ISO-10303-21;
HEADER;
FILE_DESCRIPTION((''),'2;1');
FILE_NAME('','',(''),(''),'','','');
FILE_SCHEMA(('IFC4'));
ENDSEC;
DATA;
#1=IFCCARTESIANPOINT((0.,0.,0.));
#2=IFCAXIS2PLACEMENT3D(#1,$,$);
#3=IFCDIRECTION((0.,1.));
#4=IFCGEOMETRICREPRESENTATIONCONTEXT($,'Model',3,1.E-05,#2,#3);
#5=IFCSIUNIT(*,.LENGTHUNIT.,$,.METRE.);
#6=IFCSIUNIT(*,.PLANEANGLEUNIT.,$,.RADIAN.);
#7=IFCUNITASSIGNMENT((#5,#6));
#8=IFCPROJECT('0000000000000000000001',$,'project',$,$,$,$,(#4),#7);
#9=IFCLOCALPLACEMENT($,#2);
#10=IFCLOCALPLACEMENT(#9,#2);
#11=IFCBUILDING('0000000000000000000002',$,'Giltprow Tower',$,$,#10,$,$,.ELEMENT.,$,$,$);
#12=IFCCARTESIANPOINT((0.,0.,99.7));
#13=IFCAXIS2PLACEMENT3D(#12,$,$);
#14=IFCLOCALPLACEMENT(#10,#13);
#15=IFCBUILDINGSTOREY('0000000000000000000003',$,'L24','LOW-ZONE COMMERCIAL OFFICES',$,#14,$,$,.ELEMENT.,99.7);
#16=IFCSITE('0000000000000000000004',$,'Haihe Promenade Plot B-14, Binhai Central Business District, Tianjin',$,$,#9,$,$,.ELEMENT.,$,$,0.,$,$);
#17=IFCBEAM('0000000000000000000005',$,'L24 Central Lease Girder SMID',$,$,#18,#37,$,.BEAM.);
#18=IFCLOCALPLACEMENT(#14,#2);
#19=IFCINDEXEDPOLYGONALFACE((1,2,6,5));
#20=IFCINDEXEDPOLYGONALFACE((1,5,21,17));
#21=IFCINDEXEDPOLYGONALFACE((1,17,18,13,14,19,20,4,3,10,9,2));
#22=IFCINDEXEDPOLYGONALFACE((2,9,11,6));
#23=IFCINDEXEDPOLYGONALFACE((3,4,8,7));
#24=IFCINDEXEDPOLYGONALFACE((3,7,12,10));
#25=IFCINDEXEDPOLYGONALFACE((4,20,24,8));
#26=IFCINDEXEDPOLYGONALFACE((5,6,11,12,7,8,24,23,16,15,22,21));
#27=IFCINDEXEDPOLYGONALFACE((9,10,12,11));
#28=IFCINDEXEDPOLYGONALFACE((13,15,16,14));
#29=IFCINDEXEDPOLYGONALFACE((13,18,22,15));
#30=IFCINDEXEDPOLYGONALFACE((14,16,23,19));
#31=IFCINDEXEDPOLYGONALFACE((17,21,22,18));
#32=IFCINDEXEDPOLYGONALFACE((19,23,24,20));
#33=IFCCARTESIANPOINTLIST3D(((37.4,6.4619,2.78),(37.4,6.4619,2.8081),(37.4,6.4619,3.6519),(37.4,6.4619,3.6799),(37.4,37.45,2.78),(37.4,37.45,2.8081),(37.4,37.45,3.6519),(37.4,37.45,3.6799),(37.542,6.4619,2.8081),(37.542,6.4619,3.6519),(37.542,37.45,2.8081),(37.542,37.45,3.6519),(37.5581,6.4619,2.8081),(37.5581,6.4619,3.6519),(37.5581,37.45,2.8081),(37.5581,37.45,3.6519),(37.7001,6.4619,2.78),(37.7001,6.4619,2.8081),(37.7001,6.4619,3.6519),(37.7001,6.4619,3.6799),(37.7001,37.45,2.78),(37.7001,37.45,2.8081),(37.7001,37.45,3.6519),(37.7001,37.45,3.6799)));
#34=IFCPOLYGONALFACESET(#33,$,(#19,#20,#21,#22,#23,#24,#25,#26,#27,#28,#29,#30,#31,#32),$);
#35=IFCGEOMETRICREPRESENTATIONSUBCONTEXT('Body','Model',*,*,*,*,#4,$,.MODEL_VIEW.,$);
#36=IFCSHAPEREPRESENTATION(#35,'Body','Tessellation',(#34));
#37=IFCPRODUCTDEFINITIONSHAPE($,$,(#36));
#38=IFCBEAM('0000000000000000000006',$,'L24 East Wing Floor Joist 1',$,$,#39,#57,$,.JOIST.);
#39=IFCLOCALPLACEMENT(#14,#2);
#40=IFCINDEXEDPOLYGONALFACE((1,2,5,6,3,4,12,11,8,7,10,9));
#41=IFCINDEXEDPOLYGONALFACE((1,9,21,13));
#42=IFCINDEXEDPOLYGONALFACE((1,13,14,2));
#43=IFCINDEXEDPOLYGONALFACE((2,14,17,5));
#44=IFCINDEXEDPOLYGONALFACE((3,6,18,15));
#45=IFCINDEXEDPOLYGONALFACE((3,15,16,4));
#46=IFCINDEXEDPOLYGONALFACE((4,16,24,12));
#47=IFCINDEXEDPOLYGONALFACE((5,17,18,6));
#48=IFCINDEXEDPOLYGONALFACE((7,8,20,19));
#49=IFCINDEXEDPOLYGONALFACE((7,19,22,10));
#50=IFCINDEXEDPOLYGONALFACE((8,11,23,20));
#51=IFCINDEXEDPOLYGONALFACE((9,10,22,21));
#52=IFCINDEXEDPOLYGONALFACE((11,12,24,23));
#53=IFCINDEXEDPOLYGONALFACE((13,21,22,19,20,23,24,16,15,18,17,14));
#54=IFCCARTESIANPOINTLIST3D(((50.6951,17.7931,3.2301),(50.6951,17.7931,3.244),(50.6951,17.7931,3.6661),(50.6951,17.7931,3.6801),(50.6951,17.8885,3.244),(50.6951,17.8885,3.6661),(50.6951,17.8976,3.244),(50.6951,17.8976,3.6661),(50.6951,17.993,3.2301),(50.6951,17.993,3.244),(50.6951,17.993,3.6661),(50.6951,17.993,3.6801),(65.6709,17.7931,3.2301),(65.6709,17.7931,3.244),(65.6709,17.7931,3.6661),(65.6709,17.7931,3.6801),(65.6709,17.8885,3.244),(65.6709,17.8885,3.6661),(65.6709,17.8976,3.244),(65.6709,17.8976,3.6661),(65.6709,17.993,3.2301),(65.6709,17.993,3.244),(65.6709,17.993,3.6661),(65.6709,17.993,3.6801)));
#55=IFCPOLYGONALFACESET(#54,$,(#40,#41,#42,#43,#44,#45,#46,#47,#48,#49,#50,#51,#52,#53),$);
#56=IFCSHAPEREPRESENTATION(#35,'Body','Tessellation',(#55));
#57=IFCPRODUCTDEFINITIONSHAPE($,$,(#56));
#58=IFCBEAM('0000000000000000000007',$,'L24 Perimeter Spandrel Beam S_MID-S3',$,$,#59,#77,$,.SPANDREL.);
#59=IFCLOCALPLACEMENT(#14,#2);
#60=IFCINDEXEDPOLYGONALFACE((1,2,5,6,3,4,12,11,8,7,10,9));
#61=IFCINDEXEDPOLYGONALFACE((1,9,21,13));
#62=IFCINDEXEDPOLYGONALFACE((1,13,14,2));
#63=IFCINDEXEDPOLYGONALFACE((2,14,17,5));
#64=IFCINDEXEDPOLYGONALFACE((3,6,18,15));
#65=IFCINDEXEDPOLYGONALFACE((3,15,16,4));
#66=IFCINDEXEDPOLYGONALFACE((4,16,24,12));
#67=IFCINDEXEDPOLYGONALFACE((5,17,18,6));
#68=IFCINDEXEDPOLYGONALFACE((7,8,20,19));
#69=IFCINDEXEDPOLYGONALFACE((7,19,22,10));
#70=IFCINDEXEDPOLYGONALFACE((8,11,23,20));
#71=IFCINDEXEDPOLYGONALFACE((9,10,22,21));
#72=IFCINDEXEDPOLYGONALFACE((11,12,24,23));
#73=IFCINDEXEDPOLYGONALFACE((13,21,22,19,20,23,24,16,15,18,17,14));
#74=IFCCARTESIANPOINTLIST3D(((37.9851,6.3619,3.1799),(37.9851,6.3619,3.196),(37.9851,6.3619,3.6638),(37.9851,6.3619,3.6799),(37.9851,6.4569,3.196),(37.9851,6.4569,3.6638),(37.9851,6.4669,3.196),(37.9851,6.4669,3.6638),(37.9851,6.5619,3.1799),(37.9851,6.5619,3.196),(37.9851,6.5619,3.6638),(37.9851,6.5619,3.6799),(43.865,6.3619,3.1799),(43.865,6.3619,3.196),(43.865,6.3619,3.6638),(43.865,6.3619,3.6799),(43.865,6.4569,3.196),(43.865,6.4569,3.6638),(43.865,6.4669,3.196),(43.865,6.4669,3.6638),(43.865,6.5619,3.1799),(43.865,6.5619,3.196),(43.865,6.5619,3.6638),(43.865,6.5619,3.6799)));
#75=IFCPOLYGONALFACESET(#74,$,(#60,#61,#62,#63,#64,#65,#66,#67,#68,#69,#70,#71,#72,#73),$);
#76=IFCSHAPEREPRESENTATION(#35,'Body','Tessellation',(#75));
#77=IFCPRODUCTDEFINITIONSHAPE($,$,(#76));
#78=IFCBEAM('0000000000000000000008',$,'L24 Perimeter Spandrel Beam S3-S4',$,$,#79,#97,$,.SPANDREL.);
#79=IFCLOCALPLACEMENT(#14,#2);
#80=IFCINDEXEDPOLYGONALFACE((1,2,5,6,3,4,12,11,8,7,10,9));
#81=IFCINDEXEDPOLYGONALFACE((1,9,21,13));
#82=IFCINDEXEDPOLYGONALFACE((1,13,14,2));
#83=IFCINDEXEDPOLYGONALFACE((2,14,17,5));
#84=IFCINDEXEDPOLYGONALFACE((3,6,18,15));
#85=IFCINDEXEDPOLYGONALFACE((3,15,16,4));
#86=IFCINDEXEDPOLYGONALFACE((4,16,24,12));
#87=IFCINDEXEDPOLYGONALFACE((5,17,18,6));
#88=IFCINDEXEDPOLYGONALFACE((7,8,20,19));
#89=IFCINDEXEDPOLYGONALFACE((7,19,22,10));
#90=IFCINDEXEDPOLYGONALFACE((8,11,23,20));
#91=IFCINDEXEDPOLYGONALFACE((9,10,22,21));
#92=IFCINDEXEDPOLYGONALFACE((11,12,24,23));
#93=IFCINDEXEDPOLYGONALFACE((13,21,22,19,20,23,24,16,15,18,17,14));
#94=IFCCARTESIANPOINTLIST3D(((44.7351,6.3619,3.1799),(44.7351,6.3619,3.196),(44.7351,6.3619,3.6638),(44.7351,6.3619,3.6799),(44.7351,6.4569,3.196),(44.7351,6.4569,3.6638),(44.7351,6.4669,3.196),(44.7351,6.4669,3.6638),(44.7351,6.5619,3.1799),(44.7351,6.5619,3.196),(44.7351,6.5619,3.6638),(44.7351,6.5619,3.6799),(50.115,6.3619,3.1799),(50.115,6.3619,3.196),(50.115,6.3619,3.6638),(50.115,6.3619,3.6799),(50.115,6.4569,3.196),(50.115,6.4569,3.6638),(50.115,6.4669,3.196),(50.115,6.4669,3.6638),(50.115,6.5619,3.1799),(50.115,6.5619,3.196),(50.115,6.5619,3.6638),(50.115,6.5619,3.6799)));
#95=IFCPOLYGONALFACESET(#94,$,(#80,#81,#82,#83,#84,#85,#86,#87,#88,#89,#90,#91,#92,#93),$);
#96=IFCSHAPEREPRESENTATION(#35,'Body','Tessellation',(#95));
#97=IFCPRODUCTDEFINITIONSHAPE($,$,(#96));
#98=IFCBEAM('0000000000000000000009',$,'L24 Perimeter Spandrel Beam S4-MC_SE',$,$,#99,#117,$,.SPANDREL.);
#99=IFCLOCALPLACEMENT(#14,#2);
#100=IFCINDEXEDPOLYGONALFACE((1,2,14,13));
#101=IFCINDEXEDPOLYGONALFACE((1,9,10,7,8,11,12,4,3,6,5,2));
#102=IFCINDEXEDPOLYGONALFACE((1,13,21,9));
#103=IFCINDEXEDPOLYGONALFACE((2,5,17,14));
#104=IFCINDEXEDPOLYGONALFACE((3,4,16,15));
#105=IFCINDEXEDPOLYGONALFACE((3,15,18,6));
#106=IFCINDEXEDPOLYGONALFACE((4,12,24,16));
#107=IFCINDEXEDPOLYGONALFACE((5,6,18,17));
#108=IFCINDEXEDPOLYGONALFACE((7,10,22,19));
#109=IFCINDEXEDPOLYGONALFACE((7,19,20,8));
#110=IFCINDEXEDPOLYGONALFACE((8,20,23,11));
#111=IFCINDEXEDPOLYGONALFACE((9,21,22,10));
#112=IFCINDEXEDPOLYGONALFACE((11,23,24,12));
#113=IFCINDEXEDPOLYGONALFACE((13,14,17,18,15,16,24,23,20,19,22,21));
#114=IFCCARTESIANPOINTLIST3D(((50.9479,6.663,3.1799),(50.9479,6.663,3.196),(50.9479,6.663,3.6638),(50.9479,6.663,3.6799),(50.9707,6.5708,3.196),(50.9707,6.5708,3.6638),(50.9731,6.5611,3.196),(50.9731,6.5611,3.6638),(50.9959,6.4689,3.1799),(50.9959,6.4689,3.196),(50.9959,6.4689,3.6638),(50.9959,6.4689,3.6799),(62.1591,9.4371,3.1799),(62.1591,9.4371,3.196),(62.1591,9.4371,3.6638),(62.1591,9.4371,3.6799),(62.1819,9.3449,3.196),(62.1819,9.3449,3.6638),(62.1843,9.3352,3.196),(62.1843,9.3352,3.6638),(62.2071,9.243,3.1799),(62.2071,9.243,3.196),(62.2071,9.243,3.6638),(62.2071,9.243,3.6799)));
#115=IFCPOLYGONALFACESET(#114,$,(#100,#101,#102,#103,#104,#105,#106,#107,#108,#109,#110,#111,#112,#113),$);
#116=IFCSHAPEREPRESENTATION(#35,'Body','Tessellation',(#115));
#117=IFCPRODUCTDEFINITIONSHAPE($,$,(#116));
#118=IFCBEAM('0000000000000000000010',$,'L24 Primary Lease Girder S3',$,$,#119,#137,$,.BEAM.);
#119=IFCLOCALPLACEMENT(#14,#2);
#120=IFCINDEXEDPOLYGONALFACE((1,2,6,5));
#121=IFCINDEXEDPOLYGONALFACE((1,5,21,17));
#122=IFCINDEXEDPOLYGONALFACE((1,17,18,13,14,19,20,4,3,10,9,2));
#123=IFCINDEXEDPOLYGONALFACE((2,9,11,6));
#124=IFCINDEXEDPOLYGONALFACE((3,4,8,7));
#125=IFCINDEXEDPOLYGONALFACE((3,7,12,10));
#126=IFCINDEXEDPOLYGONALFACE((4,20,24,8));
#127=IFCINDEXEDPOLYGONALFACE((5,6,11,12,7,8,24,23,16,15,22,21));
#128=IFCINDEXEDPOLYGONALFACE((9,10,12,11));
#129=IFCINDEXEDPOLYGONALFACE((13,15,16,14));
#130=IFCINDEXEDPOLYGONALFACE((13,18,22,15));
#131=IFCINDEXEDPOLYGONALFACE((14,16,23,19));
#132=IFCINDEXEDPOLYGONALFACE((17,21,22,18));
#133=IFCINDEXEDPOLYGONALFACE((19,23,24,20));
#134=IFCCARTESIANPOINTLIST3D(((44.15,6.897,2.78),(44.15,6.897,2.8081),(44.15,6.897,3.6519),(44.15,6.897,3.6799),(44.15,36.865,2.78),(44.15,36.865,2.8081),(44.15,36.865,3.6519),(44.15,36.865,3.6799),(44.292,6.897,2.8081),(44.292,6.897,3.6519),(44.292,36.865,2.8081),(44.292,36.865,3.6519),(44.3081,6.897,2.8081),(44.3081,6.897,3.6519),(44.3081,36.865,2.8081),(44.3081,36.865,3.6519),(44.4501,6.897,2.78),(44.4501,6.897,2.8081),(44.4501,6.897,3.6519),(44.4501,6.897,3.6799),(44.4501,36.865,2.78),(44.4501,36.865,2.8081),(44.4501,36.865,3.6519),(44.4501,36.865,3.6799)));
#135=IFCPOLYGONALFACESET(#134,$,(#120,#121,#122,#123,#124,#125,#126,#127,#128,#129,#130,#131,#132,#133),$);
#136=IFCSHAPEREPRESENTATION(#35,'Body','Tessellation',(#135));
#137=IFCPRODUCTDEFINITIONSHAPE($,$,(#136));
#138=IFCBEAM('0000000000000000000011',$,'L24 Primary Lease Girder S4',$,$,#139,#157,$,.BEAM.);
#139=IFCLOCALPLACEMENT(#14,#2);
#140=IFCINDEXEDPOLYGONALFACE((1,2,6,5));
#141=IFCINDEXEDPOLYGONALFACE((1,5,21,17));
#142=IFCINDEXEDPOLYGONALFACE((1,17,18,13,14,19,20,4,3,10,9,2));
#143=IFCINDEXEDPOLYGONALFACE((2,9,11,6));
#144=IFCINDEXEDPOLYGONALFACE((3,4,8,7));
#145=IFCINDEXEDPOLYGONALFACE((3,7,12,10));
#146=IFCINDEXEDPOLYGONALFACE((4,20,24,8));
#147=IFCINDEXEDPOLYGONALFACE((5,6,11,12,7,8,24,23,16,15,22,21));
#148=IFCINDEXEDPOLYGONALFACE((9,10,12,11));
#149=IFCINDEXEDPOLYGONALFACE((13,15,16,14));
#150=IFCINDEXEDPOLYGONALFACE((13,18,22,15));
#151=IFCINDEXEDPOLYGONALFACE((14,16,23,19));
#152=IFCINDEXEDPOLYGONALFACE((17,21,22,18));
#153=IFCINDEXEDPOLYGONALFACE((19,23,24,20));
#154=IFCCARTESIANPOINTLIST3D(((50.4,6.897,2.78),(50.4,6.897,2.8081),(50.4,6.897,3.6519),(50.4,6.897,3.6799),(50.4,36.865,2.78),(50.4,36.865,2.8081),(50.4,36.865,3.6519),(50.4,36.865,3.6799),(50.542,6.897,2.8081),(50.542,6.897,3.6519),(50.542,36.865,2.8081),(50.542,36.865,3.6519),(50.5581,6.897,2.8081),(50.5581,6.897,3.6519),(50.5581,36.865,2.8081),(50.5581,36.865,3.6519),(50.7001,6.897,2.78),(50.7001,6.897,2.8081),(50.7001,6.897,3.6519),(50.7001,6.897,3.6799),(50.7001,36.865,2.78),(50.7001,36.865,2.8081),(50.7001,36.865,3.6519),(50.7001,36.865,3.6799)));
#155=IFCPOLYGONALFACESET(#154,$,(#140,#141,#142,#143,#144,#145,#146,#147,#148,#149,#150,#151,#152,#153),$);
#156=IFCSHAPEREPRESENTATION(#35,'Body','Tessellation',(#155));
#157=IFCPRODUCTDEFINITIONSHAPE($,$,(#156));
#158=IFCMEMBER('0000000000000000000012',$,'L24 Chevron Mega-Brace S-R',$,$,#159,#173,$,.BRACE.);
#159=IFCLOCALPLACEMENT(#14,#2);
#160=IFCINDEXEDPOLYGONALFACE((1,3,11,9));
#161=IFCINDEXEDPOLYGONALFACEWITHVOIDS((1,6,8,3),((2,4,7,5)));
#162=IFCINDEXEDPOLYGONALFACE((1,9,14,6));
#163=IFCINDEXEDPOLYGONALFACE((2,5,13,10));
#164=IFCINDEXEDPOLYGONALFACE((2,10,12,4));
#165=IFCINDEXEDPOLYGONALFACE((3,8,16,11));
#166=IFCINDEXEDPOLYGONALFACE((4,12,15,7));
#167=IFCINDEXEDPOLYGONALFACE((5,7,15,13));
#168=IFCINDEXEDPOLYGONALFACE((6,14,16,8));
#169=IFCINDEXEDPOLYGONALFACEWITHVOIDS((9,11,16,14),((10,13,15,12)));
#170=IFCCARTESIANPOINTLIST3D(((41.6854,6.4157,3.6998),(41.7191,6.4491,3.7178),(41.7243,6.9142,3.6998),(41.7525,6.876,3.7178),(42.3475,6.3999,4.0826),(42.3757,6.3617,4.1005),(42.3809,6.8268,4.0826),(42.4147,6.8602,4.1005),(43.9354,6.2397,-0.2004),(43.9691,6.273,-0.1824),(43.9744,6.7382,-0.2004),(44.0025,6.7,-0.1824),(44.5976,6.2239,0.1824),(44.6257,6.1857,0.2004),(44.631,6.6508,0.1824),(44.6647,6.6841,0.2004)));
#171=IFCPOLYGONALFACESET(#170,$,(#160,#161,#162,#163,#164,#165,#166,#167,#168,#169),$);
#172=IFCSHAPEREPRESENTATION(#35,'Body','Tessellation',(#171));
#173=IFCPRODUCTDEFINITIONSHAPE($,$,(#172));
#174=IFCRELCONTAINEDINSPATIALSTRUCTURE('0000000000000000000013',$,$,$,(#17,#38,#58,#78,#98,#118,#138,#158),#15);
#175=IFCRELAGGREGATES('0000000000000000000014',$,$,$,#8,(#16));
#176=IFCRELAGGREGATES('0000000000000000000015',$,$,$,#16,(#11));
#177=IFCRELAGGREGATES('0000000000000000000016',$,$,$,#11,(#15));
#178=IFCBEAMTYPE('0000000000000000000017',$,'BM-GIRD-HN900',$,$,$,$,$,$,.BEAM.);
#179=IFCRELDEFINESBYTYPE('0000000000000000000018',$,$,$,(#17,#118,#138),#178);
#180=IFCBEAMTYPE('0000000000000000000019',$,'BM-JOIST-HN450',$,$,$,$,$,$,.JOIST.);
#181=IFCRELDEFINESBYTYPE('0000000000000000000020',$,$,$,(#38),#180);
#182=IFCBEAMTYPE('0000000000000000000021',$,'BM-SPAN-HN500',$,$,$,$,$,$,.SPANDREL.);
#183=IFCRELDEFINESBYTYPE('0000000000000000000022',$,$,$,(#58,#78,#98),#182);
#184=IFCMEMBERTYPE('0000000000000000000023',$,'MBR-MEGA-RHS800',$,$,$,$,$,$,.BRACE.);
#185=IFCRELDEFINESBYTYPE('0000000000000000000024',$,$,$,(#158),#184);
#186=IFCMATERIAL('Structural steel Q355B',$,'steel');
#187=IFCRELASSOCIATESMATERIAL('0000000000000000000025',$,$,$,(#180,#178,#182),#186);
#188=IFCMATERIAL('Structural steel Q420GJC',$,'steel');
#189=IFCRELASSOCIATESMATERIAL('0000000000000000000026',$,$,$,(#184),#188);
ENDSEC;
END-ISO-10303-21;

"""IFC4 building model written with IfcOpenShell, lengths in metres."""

from ifc_helpers import new_model, si_unit, direction, frame, origin, origin_2d, place, context, subcontext, project, spatial, hollow_rectangle, i_section, extrude, source, transform, mapped, material, material_profile, profile_set, type_object, element, save


model = new_model("IFC4")

# Units and contexts
model_context = context("Model", 3, precision=1e-05, world=origin(), true_north=direction((0.0, 1.0)))
body_context = subcontext(model_context, "Body", "Model", "MODEL_VIEW")
ifc_project = project(units=[si_unit("LENGTHUNIT", "METRE"), si_unit("PLANEANGLEUNIT", "RADIAN")], contexts=[model_context])

# Site, building, storey
site_placement = place(None, origin())
site = spatial("IfcSite", under=ifc_project, at=site_placement, Name="Haihe Promenade Plot B-14, Binhai Central Business District, Tianjin", CompositionType="ELEMENT", RefElevation=0.0)
building_placement = place(site_placement, origin())
building = spatial("IfcBuilding", under=site, at=building_placement, Name="Giltprow Tower", CompositionType="ELEMENT")
storey_placement = place(building_placement, frame((0.0, 0.0, 99.7)))
storey = spatial("IfcBuildingStorey", under=building, at=storey_placement, Name="L24", Description="LOW-ZONE COMMERCIAL OFFICES", CompositionType="ELEMENT", Elevation=99.7)

# Shared definitions
ifc_material_1 = material(Name="Structural steel Q420GJC", Category="steel")

# Beams
ifc_material_2 = material(Name="Structural steel Q355B", Category="steel")
ifc_material_profile_1 = material_profile(ifc_material_2, i_section(OverallWidth=0.2, OverallDepth=0.45, WebThickness=0.009, FlangeThickness=0.0139, at=origin_2d()), Name="HN 450x200x9x14")
ifc_profile_set_1 = profile_set([ifc_material_profile_1], Name="Structural steel Q355B")
beam_type_1 = type_object("IfcBeamType", Name="BM-JOIST-HN450", PredefinedType="JOIST", material=ifc_profile_set_1)
ifc_material_profile_2 = material_profile(ifc_material_2, i_section(OverallWidth=0.3, OverallDepth=0.8999, WebThickness=0.0161, FlangeThickness=0.0281, at=origin_2d()), Name="HN 900x300x16x28")
ifc_profile_set_2 = profile_set([ifc_material_profile_2], Name="Structural steel Q355B")
beam_type_2 = type_object("IfcBeamType", Name="BM-GIRD-HN900", PredefinedType="BEAM", material=ifc_profile_set_2)
shared_shape_1 = source(origin(), body_context, "Body", "SweptSolid", [
    extrude(i_section(OverallWidth=0.3, OverallDepth=0.8999, WebThickness=0.0161, FlangeThickness=0.0281, at=origin_2d()), origin(), (0.0, 0.0, 1.0), 30.988),
])
beam_1_placement = place(storey_placement, frame((37.55, 6.4619, 3.23), z_axis=(0.0, 1.0, 0.0), x_axis=(-1.0, 0.0, 0.0)))
element("IfcBeam", 1, at=beam_1_placement, inside=storey, type_object=beam_type_2, Name="L24 Central Lease Girder SMID", PredefinedType="BEAM", context=body_context, shape_type="MappedRepresentation", body=[
    mapped(shared_shape_1, transform((0.0, 0.0, 0.0), x_axis=(1.0, 0.0, 0.0), y_axis=(0.0, 1.0, 0.0), z_axis=(0.0, 0.0, 1.0), scale=1.0)),
])
shared_shape_2 = source(origin(), body_context, "Body", "SweptSolid", [
    extrude(i_section(OverallWidth=0.2, OverallDepth=0.45, WebThickness=0.009, FlangeThickness=0.0139, at=origin_2d()), origin(), (0.0, 0.0, 1.0), 14.9758),
])
beam_2_placement = place(storey_placement, frame((50.6951, 17.8931, 3.4551), z_axis=(1.0, 0.0, 0.0), x_axis=(0.0, 1.0, 0.0)))
element("IfcBeam", 2, at=beam_2_placement, inside=storey, type_object=beam_type_1, Name="L24 East Wing Floor Joist 1", PredefinedType="JOIST", context=body_context, shape_type="MappedRepresentation", body=[
    mapped(shared_shape_2, transform((0.0, 0.0, 0.0), x_axis=(1.0, 0.0, 0.0), y_axis=(0.0, 1.0, 0.0), z_axis=(0.0, 0.0, 1.0), scale=1.0)),
])
ifc_material_profile_3 = material_profile(ifc_material_2, i_section(OverallWidth=0.2, OverallDepth=0.5, WebThickness=0.01, FlangeThickness=0.0161, at=origin_2d()), Name="HN 500x200x10x16")
ifc_profile_set_3 = profile_set([ifc_material_profile_3], Name="Structural steel Q355B")
beam_type_3 = type_object("IfcBeamType", Name="BM-SPAN-HN500", PredefinedType="SPANDREL", material=ifc_profile_set_3)
shared_shape_3 = source(origin(), body_context, "Body", "SweptSolid", [
    extrude(i_section(OverallWidth=0.2, OverallDepth=0.5, WebThickness=0.01, FlangeThickness=0.0161, at=origin_2d()), origin(), (0.0, 0.0, 1.0), 5.8799),
])
beam_3_placement = place(storey_placement, frame((37.9851, 6.4619, 3.4299), z_axis=(1.0, 0.0, 0.0), x_axis=(0.0, 1.0, 0.0)))
element("IfcBeam", 3, at=beam_3_placement, inside=storey, type_object=beam_type_3, Name="L24 Perimeter Spandrel Beam S_MID-S3", PredefinedType="SPANDREL", context=body_context, shape_type="MappedRepresentation", body=[
    mapped(shared_shape_3, transform((0.0, 0.0, 0.0), x_axis=(1.0, 0.0, 0.0), y_axis=(0.0, 1.0, 0.0), z_axis=(0.0, 0.0, 1.0), scale=1.0)),
])
shared_shape_4 = source(origin(), body_context, "Body", "SweptSolid", [
    extrude(i_section(OverallWidth=0.2, OverallDepth=0.5, WebThickness=0.01, FlangeThickness=0.0161, at=origin_2d()), origin(), (0.0, 0.0, 1.0), 5.3799),
])
beam_4_placement = place(storey_placement, frame((44.7351, 6.4619, 3.4299), z_axis=(1.0, 0.0, 0.0), x_axis=(0.0, 1.0, 0.0)))
element("IfcBeam", 4, at=beam_4_placement, inside=storey, type_object=beam_type_3, Name="L24 Perimeter Spandrel Beam S3-S4", PredefinedType="SPANDREL", context=body_context, shape_type="MappedRepresentation", body=[
    mapped(shared_shape_4, transform((0.0, 0.0, 0.0), x_axis=(1.0, 0.0, 0.0), y_axis=(0.0, 1.0, 0.0), z_axis=(0.0, 0.0, 1.0), scale=1.0)),
])
shared_shape_5 = source(origin(), body_context, "Body", "SweptSolid", [
    extrude(i_section(OverallWidth=0.2, OverallDepth=0.5, WebThickness=0.01, FlangeThickness=0.0161, at=origin_2d()), origin(), (0.0, 0.0, 1.0), 11.5493),
])
beam_5_placement = place(storey_placement, frame((50.9719, 6.5659, 3.4299), z_axis=(0.970723, 0.240202, 0.0), x_axis=(-0.240202, 0.970723, 0.0)))
element("IfcBeam", 5, at=beam_5_placement, inside=storey, type_object=beam_type_3, Name="L24 Perimeter Spandrel Beam S4-MC_SE", PredefinedType="SPANDREL", context=body_context, shape_type="MappedRepresentation", body=[
    mapped(shared_shape_5, transform((0.0, 0.0, 0.0), x_axis=(1.0, 0.0, 0.0), y_axis=(0.0, 1.0, 0.0), z_axis=(0.0, 0.0, 1.0), scale=1.0)),
])
shared_shape_6 = source(origin(), body_context, "Body", "SweptSolid", [
    extrude(i_section(OverallWidth=0.3, OverallDepth=0.8999, WebThickness=0.0161, FlangeThickness=0.0281, at=origin_2d()), origin(), (0.0, 0.0, 1.0), 29.968),
])
for number, where, z_axis, x_axis, name in (
    (6, (44.3, 6.897, 3.23), (0.0, 1.0, 0.0), (-1.0, 0.0, 0.0), "L24 Primary Lease Girder S3"),
    (7, (50.55, 6.897, 3.23), (0.0, 1.0, 0.0), (-1.0, 0.0, 0.0), "L24 Primary Lease Girder S4"),
):
    element("IfcBeam", number, at=place(storey_placement, frame(where, z_axis=z_axis, x_axis=x_axis)), inside=storey, type_object=beam_type_2, Name=name, PredefinedType="BEAM", context=body_context, shape_type="MappedRepresentation", body=[
        mapped(shared_shape_6, transform((0.0, 0.0, 0.0), x_axis=(1.0, 0.0, 0.0), y_axis=(0.0, 1.0, 0.0), z_axis=(0.0, 0.0, 1.0), scale=1.0)),
    ])

# Member
ifc_material_profile_4 = material_profile(ifc_material_1, hollow_rectangle(XDim=0.5, YDim=0.8, WallThickness=0.0359, at=origin_2d()), Name="RHS 800x500x36")
ifc_profile_set_4 = profile_set([ifc_material_profile_4], Name="Structural steel Q420GJC")
member_type_1 = type_object("IfcMemberType", Name="MBR-MEGA-RHS800", PredefinedType="BRACE", material=ifc_profile_set_4)
shared_shape_7 = source(origin(), body_context, "Body", "SweptSolid", [
    extrude(hollow_rectangle(XDim=0.5, YDim=0.8, WallThickness=0.0359, at=origin_2d()), origin(), (0.0, 0.0, 1.0), 4.5061),
])
member_1_placement = place(storey_placement, frame((44.3, 6.4619, 0.0), z_axis=(-0.499327, 0.039064, 0.865533), x_axis=(-0.077995, -0.996954, 0.0)))
element("IfcMember", 8, at=member_1_placement, inside=storey, type_object=member_type_1, Name="L24 Chevron Mega-Brace S-R", PredefinedType="BRACE", context=body_context, shape_type="MappedRepresentation", body=[
    mapped(shared_shape_7, transform((0.0, 0.0, 0.0), x_axis=(1.0, 0.0, 0.0), y_axis=(0.0, 1.0, 0.0), z_axis=(0.0, 0.0, 1.0), scale=1.0)),
])

save(model, "model.ifc")
